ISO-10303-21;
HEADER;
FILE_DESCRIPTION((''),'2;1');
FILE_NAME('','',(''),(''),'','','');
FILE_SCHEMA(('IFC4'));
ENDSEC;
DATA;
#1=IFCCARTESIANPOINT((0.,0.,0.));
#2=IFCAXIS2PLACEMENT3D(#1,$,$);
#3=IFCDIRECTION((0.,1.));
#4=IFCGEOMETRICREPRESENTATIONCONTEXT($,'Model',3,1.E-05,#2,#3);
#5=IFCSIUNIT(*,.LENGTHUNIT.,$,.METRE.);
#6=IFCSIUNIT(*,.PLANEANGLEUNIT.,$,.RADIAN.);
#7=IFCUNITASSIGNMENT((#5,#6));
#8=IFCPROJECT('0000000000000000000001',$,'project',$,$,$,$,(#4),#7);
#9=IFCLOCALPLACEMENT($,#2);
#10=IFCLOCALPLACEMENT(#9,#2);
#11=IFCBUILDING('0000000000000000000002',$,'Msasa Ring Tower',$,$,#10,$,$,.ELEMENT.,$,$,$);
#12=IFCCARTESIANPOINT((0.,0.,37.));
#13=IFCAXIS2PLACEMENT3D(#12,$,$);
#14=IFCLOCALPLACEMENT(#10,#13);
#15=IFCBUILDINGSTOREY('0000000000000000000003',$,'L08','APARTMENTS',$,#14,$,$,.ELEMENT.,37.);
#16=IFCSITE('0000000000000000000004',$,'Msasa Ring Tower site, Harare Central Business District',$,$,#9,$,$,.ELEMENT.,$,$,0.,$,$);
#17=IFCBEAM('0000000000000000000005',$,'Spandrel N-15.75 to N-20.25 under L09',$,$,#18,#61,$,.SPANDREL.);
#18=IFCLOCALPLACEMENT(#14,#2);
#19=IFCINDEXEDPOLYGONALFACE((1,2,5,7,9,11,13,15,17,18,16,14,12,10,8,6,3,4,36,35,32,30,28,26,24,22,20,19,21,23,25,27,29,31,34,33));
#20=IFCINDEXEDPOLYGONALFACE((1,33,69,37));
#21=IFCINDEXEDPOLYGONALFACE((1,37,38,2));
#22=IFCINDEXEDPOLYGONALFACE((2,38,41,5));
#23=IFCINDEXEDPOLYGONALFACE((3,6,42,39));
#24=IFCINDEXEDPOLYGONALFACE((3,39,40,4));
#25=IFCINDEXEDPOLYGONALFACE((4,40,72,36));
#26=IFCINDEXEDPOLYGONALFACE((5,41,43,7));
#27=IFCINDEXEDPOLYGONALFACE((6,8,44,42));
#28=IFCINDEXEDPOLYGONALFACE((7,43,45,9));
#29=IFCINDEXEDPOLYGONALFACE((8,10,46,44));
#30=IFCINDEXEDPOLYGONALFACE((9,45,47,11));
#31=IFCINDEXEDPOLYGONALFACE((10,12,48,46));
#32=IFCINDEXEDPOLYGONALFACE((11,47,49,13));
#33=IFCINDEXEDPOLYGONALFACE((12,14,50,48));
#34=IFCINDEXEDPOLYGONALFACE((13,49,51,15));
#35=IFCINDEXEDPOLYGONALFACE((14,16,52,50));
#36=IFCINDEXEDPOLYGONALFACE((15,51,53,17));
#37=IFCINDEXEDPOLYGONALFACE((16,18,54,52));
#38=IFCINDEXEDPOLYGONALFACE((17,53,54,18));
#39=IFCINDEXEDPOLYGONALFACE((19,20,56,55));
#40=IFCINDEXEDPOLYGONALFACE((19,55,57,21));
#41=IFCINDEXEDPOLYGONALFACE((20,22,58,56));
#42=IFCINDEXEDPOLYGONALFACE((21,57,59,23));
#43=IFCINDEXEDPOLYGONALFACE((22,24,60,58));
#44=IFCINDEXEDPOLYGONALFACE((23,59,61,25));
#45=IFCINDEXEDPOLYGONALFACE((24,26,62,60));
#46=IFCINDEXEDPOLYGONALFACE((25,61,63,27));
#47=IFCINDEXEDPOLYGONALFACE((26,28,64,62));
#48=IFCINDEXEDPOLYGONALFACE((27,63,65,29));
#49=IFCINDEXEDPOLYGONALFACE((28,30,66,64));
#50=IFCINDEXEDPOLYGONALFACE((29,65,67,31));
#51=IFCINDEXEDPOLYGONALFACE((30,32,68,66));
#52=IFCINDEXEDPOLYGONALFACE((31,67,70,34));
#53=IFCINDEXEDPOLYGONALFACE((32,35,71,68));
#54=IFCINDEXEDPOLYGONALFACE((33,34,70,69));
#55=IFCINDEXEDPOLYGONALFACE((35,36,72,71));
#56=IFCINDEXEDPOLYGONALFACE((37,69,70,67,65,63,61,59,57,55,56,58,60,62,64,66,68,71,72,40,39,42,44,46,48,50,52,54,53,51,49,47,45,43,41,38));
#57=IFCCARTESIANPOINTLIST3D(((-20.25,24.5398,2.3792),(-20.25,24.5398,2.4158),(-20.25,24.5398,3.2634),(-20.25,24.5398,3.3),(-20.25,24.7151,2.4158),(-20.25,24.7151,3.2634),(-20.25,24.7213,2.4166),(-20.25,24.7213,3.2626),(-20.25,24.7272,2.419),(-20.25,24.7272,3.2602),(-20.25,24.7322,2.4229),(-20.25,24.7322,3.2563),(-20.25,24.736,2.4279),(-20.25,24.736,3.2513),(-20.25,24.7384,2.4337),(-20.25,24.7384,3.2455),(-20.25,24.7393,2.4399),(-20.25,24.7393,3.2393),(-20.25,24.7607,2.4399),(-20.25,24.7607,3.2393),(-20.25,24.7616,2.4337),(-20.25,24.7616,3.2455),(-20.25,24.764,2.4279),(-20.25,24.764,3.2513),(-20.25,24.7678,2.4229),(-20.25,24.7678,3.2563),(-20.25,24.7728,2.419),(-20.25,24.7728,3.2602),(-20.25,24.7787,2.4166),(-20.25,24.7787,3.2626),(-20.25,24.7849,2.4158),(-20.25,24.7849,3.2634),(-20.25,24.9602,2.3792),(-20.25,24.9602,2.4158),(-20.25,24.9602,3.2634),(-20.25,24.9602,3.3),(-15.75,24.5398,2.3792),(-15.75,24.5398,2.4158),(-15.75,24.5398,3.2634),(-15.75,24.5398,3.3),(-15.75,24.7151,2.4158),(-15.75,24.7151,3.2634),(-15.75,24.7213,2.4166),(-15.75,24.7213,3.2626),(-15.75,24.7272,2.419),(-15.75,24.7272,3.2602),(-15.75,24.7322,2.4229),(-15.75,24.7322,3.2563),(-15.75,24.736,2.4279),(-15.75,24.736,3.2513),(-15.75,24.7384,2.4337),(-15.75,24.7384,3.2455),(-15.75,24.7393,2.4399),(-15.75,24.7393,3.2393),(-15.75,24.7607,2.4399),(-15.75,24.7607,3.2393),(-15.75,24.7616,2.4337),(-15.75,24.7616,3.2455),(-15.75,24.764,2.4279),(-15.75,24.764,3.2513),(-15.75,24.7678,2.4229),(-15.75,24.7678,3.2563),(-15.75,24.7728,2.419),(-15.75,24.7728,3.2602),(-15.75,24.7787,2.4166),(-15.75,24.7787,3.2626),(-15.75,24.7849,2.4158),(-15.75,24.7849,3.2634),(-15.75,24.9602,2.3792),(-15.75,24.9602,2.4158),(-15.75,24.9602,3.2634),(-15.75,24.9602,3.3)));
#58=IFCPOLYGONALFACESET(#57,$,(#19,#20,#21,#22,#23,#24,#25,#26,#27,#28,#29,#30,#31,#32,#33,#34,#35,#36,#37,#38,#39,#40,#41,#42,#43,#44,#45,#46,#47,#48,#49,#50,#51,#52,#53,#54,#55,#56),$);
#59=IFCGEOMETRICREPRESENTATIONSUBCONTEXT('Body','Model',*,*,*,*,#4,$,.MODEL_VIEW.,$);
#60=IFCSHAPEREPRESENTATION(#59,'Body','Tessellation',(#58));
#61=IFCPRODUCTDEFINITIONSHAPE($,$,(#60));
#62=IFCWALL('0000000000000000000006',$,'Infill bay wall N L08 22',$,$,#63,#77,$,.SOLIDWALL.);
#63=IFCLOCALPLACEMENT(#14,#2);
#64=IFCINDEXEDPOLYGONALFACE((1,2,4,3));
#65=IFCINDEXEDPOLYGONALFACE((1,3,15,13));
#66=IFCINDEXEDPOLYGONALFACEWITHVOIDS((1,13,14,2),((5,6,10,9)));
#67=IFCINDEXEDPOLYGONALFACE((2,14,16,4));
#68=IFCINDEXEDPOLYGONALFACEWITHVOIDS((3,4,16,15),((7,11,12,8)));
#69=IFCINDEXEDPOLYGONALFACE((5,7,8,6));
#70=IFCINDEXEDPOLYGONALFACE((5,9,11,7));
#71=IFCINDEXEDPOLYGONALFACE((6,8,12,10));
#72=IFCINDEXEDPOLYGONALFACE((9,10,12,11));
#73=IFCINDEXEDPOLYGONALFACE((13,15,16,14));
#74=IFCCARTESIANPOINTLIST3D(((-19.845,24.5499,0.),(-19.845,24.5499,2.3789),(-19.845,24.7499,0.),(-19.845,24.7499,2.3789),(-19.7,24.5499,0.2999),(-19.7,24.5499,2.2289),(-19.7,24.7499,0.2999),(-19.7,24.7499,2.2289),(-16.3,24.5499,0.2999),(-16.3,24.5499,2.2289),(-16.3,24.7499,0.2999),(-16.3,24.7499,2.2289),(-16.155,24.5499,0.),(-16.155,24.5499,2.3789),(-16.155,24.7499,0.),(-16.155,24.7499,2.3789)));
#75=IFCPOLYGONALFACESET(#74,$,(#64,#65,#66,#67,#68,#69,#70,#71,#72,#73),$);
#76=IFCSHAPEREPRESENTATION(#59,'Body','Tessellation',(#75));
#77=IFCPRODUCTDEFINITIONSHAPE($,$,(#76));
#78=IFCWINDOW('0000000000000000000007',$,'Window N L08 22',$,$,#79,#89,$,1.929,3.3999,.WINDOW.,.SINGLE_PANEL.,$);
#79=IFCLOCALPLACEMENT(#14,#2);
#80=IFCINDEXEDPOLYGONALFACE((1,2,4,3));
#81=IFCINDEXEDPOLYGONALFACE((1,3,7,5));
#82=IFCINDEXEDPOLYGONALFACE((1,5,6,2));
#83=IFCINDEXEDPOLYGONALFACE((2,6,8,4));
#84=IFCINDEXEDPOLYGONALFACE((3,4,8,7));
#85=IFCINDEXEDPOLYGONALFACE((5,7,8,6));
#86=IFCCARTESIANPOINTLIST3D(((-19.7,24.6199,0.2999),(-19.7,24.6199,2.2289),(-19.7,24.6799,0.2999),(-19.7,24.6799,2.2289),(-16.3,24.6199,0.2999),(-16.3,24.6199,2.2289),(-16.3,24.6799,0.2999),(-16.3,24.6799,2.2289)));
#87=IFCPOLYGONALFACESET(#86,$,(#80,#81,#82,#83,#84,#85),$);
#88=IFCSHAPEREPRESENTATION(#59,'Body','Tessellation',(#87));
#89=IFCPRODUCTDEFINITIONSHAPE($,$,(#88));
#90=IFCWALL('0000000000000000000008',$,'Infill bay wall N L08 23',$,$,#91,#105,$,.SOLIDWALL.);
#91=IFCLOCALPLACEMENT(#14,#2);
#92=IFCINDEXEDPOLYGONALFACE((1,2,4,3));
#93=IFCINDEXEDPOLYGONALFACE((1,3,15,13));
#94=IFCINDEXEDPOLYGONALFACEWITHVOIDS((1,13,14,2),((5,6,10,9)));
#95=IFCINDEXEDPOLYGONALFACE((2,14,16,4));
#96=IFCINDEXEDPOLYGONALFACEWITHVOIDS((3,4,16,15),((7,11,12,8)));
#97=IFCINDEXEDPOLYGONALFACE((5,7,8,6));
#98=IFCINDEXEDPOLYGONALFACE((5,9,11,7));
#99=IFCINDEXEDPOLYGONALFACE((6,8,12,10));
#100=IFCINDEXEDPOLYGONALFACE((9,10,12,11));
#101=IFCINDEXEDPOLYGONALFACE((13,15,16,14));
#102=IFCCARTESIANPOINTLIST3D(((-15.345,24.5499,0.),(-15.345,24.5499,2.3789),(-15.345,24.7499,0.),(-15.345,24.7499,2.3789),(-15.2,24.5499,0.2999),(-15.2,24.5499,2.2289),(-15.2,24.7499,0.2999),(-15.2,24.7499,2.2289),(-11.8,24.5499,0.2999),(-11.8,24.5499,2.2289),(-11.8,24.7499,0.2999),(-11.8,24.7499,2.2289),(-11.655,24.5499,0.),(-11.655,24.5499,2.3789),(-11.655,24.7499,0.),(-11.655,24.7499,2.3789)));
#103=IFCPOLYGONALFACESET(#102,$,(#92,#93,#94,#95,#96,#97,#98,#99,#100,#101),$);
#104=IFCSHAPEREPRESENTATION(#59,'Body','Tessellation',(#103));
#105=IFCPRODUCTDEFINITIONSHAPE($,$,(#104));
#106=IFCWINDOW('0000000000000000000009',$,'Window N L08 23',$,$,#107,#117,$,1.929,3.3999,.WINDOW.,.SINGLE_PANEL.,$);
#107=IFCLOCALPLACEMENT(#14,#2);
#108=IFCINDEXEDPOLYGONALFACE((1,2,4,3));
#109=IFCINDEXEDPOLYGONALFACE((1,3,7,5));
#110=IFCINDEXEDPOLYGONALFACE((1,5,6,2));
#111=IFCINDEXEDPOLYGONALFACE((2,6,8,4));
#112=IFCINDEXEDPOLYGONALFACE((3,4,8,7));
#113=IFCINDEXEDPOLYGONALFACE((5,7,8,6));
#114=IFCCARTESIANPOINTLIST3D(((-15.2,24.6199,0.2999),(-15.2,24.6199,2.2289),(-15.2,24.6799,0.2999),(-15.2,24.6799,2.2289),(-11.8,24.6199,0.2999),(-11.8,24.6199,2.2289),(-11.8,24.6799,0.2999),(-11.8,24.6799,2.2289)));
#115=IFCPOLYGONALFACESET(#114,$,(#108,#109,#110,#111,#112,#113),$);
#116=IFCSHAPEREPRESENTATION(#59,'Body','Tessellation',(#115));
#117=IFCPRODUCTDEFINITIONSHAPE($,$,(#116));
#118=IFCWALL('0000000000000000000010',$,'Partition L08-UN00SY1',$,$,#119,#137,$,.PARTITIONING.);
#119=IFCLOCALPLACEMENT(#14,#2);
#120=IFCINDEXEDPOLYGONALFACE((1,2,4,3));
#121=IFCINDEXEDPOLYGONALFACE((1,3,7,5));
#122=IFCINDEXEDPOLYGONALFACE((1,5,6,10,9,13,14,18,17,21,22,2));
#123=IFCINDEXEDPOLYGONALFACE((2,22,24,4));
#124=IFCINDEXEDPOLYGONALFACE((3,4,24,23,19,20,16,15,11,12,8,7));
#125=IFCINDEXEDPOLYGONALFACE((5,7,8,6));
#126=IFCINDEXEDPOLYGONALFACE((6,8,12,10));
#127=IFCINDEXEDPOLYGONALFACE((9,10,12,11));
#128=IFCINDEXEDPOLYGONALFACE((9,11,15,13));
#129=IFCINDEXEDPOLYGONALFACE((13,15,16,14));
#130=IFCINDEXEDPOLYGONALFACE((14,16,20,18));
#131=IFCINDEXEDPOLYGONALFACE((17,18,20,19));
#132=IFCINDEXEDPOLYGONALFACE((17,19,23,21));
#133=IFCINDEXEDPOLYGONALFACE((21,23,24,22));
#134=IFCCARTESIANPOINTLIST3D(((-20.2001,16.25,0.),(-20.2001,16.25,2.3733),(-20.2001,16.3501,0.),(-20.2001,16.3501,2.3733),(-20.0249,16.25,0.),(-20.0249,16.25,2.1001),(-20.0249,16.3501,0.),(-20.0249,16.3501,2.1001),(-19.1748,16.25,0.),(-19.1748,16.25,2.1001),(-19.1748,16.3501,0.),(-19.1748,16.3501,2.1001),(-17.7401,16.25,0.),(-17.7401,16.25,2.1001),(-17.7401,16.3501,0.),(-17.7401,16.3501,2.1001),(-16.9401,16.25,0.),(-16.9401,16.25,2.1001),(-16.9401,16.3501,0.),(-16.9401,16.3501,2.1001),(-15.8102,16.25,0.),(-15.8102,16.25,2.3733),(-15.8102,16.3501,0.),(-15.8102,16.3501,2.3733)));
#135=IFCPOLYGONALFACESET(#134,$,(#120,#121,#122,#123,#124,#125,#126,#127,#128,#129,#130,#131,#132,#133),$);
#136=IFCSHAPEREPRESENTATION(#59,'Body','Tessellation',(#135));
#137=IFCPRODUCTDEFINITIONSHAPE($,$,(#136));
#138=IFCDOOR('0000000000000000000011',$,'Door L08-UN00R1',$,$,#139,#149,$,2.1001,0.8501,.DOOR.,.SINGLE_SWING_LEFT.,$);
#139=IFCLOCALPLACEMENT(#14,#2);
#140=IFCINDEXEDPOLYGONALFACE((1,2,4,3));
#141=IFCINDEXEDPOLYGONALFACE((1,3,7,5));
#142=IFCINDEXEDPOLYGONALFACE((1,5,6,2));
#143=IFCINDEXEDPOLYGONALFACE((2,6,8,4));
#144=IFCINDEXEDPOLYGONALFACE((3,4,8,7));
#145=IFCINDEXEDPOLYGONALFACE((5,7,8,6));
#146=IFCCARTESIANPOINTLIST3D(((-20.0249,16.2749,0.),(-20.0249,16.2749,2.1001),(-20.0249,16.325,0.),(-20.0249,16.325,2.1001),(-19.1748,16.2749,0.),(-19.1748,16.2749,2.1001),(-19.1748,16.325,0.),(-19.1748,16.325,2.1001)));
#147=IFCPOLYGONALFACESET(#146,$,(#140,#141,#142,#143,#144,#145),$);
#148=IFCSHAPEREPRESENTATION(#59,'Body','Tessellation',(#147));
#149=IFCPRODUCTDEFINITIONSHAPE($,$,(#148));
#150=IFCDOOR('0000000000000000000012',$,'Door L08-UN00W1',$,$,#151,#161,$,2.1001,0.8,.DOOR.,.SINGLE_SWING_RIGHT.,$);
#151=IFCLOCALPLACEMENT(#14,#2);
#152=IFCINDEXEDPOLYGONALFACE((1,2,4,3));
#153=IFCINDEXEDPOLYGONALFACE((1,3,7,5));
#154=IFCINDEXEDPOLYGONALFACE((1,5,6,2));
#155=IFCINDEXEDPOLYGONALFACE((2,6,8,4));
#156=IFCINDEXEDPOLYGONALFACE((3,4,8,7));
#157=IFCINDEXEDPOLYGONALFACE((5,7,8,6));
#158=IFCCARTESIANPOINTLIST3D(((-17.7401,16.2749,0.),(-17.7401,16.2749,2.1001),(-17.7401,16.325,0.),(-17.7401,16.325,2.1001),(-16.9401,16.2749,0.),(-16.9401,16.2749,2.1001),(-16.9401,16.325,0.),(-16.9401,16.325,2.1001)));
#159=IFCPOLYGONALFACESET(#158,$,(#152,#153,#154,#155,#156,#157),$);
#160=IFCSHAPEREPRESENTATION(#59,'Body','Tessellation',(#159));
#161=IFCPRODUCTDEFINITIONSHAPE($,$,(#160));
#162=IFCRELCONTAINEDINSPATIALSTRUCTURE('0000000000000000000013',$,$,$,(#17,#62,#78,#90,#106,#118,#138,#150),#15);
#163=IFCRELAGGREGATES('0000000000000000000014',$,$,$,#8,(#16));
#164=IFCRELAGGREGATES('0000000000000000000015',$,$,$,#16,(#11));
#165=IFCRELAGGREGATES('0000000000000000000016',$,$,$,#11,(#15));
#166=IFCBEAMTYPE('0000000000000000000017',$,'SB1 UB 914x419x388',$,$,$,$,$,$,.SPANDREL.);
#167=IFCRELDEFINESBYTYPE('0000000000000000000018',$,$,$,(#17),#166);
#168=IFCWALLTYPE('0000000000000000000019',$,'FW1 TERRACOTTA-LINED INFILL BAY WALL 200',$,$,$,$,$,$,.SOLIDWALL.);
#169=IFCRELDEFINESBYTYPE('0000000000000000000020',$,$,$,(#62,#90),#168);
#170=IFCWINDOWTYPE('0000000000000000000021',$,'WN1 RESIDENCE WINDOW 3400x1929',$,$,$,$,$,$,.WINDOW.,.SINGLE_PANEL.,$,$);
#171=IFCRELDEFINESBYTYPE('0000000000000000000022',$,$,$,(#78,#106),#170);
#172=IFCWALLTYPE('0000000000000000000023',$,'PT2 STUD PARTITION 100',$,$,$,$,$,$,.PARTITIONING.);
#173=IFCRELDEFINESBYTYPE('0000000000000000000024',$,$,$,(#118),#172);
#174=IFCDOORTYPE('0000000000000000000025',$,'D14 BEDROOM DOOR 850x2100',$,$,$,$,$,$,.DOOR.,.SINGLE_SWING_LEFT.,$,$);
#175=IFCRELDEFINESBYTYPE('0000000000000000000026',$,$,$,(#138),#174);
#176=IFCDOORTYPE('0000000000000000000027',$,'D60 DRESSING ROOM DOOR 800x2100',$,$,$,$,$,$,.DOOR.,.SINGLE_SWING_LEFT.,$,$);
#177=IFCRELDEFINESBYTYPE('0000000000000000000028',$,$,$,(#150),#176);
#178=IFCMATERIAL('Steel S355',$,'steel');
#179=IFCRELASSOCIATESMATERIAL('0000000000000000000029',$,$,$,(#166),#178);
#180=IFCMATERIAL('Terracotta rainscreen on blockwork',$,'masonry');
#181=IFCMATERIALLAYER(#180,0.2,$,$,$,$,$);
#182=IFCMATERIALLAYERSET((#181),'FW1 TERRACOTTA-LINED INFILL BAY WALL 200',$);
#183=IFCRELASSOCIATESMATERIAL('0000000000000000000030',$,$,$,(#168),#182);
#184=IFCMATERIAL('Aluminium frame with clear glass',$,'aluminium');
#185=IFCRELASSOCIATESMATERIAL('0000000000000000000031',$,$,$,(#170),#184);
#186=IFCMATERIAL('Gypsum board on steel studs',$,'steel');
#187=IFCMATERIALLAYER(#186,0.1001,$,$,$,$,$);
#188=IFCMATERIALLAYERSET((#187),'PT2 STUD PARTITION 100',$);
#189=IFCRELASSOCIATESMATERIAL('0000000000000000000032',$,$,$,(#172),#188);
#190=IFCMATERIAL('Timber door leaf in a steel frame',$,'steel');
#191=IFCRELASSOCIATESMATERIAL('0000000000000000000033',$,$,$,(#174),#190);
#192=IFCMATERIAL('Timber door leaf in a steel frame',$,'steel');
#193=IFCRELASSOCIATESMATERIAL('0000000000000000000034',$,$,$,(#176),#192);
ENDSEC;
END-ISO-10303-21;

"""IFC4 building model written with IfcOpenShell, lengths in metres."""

from ifc_helpers import new_model, si_unit, direction, frame, frame_2d, origin, origin_2d, place, context, subcontext, project, spatial, rectangle, i_section, extrude, material, layer, layer_set, material_profile, profile_set, type_object, element, fill, save


model = new_model("IFC4")

# Units and contexts
model_context = context("Model", 3, precision=1e-05, world=origin(), true_north=direction((0.0, 1.0)))
body_context = subcontext(model_context, "Body", "Model", "MODEL_VIEW")
ifc_project = project(units=[si_unit("LENGTHUNIT", "METRE"), si_unit("PLANEANGLEUNIT", "RADIAN")], contexts=[model_context])

# Site, building, storey
site_placement = place(None, origin())
site = spatial("IfcSite", under=ifc_project, at=site_placement, Name="Msasa Ring Tower site, Harare Central Business District", CompositionType="ELEMENT", RefElevation=0.0)
building_placement = place(site_placement, origin())
building = spatial("IfcBuilding", under=site, at=building_placement, Name="Msasa Ring Tower", CompositionType="ELEMENT")
storey_placement = place(building_placement, frame((0.0, 0.0, 37.0)))
storey = spatial("IfcBuildingStorey", under=building, at=storey_placement, Name="L08", Description="APARTMENTS", CompositionType="ELEMENT", Elevation=37.0)

# Beam
ifc_material_1 = material(Name="Steel S355", Category="steel")
ifc_material_profile_1 = material_profile(ifc_material_1, i_section(OverallWidth=0.4204, OverallDepth=0.9209, WebThickness=0.0215, FlangeThickness=0.0366, FilletRadius=0.0242, at=origin_2d()), Name="UB 914x419x388")
ifc_profile_set_1 = profile_set([ifc_material_profile_1], Name="Steel S355")
beam_type_1 = type_object("IfcBeamType", Name="SB1 UB 914x419x388", PredefinedType="SPANDREL", material=ifc_profile_set_1)
for number, where, z_axis, x_axis, name in (
    (1, (-15.75, 24.75, 2.8396), (-1.0, 0.0, 0.0), (0.0, -1.0, 0.0), "Spandrel N-15.75 to N-20.25 under L09"),
):
    element("IfcBeam", number, at=place(storey_placement, frame(where, z_axis=z_axis, x_axis=x_axis)), inside=storey, type_object=beam_type_1, Name=name, PredefinedType="SPANDREL", context=body_context, shape_type="SweptSolid", body=[
        extrude(i_section(OverallWidth=0.4204, OverallDepth=0.9209, WebThickness=0.0215, FlangeThickness=0.0366, FilletRadius=0.0242, at=origin_2d()), origin(), (0.0, 0.0, 1.0), 4.5),
    ])

# Walls, openings, windows
ifc_material_2 = material(Name="Terracotta rainscreen on blockwork", Category="masonry")
ifc_layer_1 = layer(ifc_material_2, 0.2)
ifc_layer_set_1 = layer_set([ifc_layer_1], Name="FW1 TERRACOTTA-LINED INFILL BAY WALL 200")
wall_type_1 = type_object("IfcWallType", Name="FW1 TERRACOTTA-LINED INFILL BAY WALL 200", PredefinedType="SOLIDWALL", material=ifc_layer_set_1)
wall_1_placement = place(storey_placement, frame((-19.845, 24.6499, 0.0), z_axis=(0.0, 0.0, 1.0), x_axis=(1.0, 0.0, 0.0)))
wall_1 = element("IfcWall", 2, at=wall_1_placement, inside=storey, type_object=wall_type_1, Name="Infill bay wall N L08 22", PredefinedType="SOLIDWALL", context=body_context, shape_type="SweptSolid", body=[
    extrude(rectangle(XDim=3.6899, YDim=0.2, at=frame_2d((1.845, 0.0))), origin(), (0.0, 0.0, 1.0), 2.3789),
])
opening_1_placement = place(wall_1_placement, frame((0.145, 0.0, 0.3)))
opening_1 = element("IfcOpeningElement", 3, at=opening_1_placement, cuts=wall_1, PredefinedType="OPENING", context=body_context, shape_type="SweptSolid", body=[
    extrude(rectangle(XDim=3.3999, YDim=1.929, at=frame_2d((1.7, 0.9644))), frame((0.0, 0.1099, 0.0), z_axis=(0.0, -1.0, 0.0), x_axis=(1.0, 0.0, 0.0)), (0.0, 0.0, 1.0), 0.22),
])
ifc_material_3 = material(Name="Aluminium frame with clear glass", Category="aluminium")
window_type = type_object("IfcWindowType", Name="WN1 RESIDENCE WINDOW 3400x1929", PartitioningType="SINGLE_PANEL", PredefinedType="WINDOW", material=ifc_material_3)
window_1_placement = place(opening_1_placement, origin())
window_1 = element("IfcWindow", 4, at=window_1_placement, inside=storey, type_object=window_type, Name="Window N L08 22", OverallHeight=1.929, OverallWidth=3.3999, PartitioningType="SINGLE_PANEL", PredefinedType="WINDOW", context=body_context, shape_type="SweptSolid", body=[
    extrude(rectangle(XDim=3.3999, YDim=1.929, at=frame_2d((1.7, 0.9644))), frame((0.0, 0.03, 0.0), z_axis=(0.0, -1.0, 0.0), x_axis=(1.0, 0.0, 0.0)), (0.0, 0.0, 1.0), 0.0601),
])
fill(opening_1, window_1)
wall_2_placement = place(storey_placement, frame((-15.345, 24.6499, 0.0), z_axis=(0.0, 0.0, 1.0), x_axis=(1.0, 0.0, 0.0)))
wall_2 = element("IfcWall", 5, at=wall_2_placement, inside=storey, type_object=wall_type_1, Name="Infill bay wall N L08 23", PredefinedType="SOLIDWALL", context=body_context, shape_type="SweptSolid", body=[
    extrude(rectangle(XDim=3.6899, YDim=0.2, at=frame_2d((1.845, 0.0))), origin(), (0.0, 0.0, 1.0), 2.3789),
])
opening_2_placement = place(wall_2_placement, frame((0.145, 0.0, 0.3)))
opening_2 = element("IfcOpeningElement", 6, at=opening_2_placement, cuts=wall_2, PredefinedType="OPENING", context=body_context, shape_type="SweptSolid", body=[
    extrude(rectangle(XDim=3.3999, YDim=1.929, at=frame_2d((1.7, 0.9644))), frame((0.0, 0.1099, 0.0), z_axis=(0.0, -1.0, 0.0), x_axis=(1.0, 0.0, 0.0)), (0.0, 0.0, 1.0), 0.22),
])
window_2_placement = place(opening_2_placement, origin())
window_2 = element("IfcWindow", 7, at=window_2_placement, inside=storey, type_object=window_type, Name="Window N L08 23", OverallHeight=1.929, OverallWidth=3.3999, PartitioningType="SINGLE_PANEL", PredefinedType="WINDOW", context=body_context, shape_type="SweptSolid", body=[
    extrude(rectangle(XDim=3.3999, YDim=1.929, at=frame_2d((1.7, 0.9644))), frame((0.0, 0.03, 0.0), z_axis=(0.0, -1.0, 0.0), x_axis=(1.0, 0.0, 0.0)), (0.0, 0.0, 1.0), 0.0601),
])
fill(opening_2, window_2)

# Wall, openings, doors
ifc_material_4 = material(Name="Gypsum board on steel studs", Category="steel")
ifc_layer_2 = layer(ifc_material_4, 0.1001)
ifc_layer_set_2 = layer_set([ifc_layer_2], Name="PT2 STUD PARTITION 100")
wall_type_2 = type_object("IfcWallType", Name="PT2 STUD PARTITION 100", PredefinedType="PARTITIONING", material=ifc_layer_set_2)
wall_3_placement = place(storey_placement, frame((-20.2, 16.3, 0.0), z_axis=(0.0, 0.0, 1.0), x_axis=(1.0, 0.0, 0.0)))
wall_3 = element("IfcWall", 8, at=wall_3_placement, inside=storey, type_object=wall_type_2, Name="Partition L08-UN00SY1", PredefinedType="PARTITIONING", context=body_context, shape_type="SweptSolid", body=[
    extrude(rectangle(XDim=4.3899, YDim=0.1001, at=frame_2d((2.1948, 0.0))), origin(), (0.0, 0.0, 1.0), 2.3733),
])
opening_3_placement = place(wall_3_placement, frame((0.175, 0.0, 0.0)))
opening_3 = element("IfcOpeningElement", 9, at=opening_3_placement, cuts=wall_3, PredefinedType="OPENING", context=body_context, shape_type="SweptSolid", body=[
    extrude(rectangle(XDim=0.8501, YDim=2.1001, at=frame_2d((0.425, 1.05))), frame((0.0, 0.0601, 0.0), z_axis=(0.0, -1.0, 0.0), x_axis=(1.0, 0.0, 0.0)), (0.0, 0.0, 1.0), 0.1201),
])
opening_4_placement = place(wall_3_placement, frame((2.46, 0.0, 0.0)))
opening_4 = element("IfcOpeningElement", 10, at=opening_4_placement, cuts=wall_3, PredefinedType="OPENING", context=body_context, shape_type="SweptSolid", body=[
    extrude(rectangle(XDim=0.8, YDim=2.1001, at=frame_2d((0.3999, 1.05))), frame((0.0, 0.0601, 0.0), z_axis=(0.0, -1.0, 0.0), x_axis=(1.0, 0.0, 0.0)), (0.0, 0.0, 1.0), 0.1201),
])
ifc_material_5 = material(Name="Timber door leaf in a steel frame", Category="steel")
door_type_1 = type_object("IfcDoorType", Name="D14 BEDROOM DOOR 850x2100", OperationType="SINGLE_SWING_LEFT", PredefinedType="DOOR", material=ifc_material_5)
door_1_placement = place(opening_3_placement, origin())
door_1 = element("IfcDoor", 11, at=door_1_placement, inside=storey, type_object=door_type_1, Name="Door L08-UN00R1", OperationType="SINGLE_SWING_LEFT", OverallHeight=2.1001, OverallWidth=0.8501, PredefinedType="DOOR", context=body_context, shape_type="SweptSolid", body=[
    extrude(rectangle(XDim=0.8501, YDim=2.1001, at=frame_2d((0.425, 1.05))), frame((0.0, 0.0249, 0.0), z_axis=(0.0, -1.0, 0.0), x_axis=(1.0, 0.0, 0.0)), (0.0, 0.0, 1.0), 0.05),
])
fill(opening_3, door_1)
ifc_material_6 = material(Name="Timber door leaf in a steel frame", Category="steel")
door_type_2 = type_object("IfcDoorType", Name="D60 DRESSING ROOM DOOR 800x2100", OperationType="SINGLE_SWING_LEFT", PredefinedType="DOOR", material=ifc_material_6)
door_2_placement = place(opening_4_placement, origin())
door_2 = element("IfcDoor", 12, at=door_2_placement, inside=storey, type_object=door_type_2, Name="Door L08-UN00W1", OperationType="SINGLE_SWING_RIGHT", OverallHeight=2.1001, OverallWidth=0.8, PredefinedType="DOOR", context=body_context, shape_type="SweptSolid", body=[
    extrude(rectangle(XDim=0.8, YDim=2.1001, at=frame_2d((0.3999, 1.05))), frame((0.0, 0.0249, 0.0), z_axis=(0.0, -1.0, 0.0), x_axis=(1.0, 0.0, 0.0)), (0.0, 0.0, 1.0), 0.05),
])
fill(opening_4, door_2)

save(model, "model.ifc")
